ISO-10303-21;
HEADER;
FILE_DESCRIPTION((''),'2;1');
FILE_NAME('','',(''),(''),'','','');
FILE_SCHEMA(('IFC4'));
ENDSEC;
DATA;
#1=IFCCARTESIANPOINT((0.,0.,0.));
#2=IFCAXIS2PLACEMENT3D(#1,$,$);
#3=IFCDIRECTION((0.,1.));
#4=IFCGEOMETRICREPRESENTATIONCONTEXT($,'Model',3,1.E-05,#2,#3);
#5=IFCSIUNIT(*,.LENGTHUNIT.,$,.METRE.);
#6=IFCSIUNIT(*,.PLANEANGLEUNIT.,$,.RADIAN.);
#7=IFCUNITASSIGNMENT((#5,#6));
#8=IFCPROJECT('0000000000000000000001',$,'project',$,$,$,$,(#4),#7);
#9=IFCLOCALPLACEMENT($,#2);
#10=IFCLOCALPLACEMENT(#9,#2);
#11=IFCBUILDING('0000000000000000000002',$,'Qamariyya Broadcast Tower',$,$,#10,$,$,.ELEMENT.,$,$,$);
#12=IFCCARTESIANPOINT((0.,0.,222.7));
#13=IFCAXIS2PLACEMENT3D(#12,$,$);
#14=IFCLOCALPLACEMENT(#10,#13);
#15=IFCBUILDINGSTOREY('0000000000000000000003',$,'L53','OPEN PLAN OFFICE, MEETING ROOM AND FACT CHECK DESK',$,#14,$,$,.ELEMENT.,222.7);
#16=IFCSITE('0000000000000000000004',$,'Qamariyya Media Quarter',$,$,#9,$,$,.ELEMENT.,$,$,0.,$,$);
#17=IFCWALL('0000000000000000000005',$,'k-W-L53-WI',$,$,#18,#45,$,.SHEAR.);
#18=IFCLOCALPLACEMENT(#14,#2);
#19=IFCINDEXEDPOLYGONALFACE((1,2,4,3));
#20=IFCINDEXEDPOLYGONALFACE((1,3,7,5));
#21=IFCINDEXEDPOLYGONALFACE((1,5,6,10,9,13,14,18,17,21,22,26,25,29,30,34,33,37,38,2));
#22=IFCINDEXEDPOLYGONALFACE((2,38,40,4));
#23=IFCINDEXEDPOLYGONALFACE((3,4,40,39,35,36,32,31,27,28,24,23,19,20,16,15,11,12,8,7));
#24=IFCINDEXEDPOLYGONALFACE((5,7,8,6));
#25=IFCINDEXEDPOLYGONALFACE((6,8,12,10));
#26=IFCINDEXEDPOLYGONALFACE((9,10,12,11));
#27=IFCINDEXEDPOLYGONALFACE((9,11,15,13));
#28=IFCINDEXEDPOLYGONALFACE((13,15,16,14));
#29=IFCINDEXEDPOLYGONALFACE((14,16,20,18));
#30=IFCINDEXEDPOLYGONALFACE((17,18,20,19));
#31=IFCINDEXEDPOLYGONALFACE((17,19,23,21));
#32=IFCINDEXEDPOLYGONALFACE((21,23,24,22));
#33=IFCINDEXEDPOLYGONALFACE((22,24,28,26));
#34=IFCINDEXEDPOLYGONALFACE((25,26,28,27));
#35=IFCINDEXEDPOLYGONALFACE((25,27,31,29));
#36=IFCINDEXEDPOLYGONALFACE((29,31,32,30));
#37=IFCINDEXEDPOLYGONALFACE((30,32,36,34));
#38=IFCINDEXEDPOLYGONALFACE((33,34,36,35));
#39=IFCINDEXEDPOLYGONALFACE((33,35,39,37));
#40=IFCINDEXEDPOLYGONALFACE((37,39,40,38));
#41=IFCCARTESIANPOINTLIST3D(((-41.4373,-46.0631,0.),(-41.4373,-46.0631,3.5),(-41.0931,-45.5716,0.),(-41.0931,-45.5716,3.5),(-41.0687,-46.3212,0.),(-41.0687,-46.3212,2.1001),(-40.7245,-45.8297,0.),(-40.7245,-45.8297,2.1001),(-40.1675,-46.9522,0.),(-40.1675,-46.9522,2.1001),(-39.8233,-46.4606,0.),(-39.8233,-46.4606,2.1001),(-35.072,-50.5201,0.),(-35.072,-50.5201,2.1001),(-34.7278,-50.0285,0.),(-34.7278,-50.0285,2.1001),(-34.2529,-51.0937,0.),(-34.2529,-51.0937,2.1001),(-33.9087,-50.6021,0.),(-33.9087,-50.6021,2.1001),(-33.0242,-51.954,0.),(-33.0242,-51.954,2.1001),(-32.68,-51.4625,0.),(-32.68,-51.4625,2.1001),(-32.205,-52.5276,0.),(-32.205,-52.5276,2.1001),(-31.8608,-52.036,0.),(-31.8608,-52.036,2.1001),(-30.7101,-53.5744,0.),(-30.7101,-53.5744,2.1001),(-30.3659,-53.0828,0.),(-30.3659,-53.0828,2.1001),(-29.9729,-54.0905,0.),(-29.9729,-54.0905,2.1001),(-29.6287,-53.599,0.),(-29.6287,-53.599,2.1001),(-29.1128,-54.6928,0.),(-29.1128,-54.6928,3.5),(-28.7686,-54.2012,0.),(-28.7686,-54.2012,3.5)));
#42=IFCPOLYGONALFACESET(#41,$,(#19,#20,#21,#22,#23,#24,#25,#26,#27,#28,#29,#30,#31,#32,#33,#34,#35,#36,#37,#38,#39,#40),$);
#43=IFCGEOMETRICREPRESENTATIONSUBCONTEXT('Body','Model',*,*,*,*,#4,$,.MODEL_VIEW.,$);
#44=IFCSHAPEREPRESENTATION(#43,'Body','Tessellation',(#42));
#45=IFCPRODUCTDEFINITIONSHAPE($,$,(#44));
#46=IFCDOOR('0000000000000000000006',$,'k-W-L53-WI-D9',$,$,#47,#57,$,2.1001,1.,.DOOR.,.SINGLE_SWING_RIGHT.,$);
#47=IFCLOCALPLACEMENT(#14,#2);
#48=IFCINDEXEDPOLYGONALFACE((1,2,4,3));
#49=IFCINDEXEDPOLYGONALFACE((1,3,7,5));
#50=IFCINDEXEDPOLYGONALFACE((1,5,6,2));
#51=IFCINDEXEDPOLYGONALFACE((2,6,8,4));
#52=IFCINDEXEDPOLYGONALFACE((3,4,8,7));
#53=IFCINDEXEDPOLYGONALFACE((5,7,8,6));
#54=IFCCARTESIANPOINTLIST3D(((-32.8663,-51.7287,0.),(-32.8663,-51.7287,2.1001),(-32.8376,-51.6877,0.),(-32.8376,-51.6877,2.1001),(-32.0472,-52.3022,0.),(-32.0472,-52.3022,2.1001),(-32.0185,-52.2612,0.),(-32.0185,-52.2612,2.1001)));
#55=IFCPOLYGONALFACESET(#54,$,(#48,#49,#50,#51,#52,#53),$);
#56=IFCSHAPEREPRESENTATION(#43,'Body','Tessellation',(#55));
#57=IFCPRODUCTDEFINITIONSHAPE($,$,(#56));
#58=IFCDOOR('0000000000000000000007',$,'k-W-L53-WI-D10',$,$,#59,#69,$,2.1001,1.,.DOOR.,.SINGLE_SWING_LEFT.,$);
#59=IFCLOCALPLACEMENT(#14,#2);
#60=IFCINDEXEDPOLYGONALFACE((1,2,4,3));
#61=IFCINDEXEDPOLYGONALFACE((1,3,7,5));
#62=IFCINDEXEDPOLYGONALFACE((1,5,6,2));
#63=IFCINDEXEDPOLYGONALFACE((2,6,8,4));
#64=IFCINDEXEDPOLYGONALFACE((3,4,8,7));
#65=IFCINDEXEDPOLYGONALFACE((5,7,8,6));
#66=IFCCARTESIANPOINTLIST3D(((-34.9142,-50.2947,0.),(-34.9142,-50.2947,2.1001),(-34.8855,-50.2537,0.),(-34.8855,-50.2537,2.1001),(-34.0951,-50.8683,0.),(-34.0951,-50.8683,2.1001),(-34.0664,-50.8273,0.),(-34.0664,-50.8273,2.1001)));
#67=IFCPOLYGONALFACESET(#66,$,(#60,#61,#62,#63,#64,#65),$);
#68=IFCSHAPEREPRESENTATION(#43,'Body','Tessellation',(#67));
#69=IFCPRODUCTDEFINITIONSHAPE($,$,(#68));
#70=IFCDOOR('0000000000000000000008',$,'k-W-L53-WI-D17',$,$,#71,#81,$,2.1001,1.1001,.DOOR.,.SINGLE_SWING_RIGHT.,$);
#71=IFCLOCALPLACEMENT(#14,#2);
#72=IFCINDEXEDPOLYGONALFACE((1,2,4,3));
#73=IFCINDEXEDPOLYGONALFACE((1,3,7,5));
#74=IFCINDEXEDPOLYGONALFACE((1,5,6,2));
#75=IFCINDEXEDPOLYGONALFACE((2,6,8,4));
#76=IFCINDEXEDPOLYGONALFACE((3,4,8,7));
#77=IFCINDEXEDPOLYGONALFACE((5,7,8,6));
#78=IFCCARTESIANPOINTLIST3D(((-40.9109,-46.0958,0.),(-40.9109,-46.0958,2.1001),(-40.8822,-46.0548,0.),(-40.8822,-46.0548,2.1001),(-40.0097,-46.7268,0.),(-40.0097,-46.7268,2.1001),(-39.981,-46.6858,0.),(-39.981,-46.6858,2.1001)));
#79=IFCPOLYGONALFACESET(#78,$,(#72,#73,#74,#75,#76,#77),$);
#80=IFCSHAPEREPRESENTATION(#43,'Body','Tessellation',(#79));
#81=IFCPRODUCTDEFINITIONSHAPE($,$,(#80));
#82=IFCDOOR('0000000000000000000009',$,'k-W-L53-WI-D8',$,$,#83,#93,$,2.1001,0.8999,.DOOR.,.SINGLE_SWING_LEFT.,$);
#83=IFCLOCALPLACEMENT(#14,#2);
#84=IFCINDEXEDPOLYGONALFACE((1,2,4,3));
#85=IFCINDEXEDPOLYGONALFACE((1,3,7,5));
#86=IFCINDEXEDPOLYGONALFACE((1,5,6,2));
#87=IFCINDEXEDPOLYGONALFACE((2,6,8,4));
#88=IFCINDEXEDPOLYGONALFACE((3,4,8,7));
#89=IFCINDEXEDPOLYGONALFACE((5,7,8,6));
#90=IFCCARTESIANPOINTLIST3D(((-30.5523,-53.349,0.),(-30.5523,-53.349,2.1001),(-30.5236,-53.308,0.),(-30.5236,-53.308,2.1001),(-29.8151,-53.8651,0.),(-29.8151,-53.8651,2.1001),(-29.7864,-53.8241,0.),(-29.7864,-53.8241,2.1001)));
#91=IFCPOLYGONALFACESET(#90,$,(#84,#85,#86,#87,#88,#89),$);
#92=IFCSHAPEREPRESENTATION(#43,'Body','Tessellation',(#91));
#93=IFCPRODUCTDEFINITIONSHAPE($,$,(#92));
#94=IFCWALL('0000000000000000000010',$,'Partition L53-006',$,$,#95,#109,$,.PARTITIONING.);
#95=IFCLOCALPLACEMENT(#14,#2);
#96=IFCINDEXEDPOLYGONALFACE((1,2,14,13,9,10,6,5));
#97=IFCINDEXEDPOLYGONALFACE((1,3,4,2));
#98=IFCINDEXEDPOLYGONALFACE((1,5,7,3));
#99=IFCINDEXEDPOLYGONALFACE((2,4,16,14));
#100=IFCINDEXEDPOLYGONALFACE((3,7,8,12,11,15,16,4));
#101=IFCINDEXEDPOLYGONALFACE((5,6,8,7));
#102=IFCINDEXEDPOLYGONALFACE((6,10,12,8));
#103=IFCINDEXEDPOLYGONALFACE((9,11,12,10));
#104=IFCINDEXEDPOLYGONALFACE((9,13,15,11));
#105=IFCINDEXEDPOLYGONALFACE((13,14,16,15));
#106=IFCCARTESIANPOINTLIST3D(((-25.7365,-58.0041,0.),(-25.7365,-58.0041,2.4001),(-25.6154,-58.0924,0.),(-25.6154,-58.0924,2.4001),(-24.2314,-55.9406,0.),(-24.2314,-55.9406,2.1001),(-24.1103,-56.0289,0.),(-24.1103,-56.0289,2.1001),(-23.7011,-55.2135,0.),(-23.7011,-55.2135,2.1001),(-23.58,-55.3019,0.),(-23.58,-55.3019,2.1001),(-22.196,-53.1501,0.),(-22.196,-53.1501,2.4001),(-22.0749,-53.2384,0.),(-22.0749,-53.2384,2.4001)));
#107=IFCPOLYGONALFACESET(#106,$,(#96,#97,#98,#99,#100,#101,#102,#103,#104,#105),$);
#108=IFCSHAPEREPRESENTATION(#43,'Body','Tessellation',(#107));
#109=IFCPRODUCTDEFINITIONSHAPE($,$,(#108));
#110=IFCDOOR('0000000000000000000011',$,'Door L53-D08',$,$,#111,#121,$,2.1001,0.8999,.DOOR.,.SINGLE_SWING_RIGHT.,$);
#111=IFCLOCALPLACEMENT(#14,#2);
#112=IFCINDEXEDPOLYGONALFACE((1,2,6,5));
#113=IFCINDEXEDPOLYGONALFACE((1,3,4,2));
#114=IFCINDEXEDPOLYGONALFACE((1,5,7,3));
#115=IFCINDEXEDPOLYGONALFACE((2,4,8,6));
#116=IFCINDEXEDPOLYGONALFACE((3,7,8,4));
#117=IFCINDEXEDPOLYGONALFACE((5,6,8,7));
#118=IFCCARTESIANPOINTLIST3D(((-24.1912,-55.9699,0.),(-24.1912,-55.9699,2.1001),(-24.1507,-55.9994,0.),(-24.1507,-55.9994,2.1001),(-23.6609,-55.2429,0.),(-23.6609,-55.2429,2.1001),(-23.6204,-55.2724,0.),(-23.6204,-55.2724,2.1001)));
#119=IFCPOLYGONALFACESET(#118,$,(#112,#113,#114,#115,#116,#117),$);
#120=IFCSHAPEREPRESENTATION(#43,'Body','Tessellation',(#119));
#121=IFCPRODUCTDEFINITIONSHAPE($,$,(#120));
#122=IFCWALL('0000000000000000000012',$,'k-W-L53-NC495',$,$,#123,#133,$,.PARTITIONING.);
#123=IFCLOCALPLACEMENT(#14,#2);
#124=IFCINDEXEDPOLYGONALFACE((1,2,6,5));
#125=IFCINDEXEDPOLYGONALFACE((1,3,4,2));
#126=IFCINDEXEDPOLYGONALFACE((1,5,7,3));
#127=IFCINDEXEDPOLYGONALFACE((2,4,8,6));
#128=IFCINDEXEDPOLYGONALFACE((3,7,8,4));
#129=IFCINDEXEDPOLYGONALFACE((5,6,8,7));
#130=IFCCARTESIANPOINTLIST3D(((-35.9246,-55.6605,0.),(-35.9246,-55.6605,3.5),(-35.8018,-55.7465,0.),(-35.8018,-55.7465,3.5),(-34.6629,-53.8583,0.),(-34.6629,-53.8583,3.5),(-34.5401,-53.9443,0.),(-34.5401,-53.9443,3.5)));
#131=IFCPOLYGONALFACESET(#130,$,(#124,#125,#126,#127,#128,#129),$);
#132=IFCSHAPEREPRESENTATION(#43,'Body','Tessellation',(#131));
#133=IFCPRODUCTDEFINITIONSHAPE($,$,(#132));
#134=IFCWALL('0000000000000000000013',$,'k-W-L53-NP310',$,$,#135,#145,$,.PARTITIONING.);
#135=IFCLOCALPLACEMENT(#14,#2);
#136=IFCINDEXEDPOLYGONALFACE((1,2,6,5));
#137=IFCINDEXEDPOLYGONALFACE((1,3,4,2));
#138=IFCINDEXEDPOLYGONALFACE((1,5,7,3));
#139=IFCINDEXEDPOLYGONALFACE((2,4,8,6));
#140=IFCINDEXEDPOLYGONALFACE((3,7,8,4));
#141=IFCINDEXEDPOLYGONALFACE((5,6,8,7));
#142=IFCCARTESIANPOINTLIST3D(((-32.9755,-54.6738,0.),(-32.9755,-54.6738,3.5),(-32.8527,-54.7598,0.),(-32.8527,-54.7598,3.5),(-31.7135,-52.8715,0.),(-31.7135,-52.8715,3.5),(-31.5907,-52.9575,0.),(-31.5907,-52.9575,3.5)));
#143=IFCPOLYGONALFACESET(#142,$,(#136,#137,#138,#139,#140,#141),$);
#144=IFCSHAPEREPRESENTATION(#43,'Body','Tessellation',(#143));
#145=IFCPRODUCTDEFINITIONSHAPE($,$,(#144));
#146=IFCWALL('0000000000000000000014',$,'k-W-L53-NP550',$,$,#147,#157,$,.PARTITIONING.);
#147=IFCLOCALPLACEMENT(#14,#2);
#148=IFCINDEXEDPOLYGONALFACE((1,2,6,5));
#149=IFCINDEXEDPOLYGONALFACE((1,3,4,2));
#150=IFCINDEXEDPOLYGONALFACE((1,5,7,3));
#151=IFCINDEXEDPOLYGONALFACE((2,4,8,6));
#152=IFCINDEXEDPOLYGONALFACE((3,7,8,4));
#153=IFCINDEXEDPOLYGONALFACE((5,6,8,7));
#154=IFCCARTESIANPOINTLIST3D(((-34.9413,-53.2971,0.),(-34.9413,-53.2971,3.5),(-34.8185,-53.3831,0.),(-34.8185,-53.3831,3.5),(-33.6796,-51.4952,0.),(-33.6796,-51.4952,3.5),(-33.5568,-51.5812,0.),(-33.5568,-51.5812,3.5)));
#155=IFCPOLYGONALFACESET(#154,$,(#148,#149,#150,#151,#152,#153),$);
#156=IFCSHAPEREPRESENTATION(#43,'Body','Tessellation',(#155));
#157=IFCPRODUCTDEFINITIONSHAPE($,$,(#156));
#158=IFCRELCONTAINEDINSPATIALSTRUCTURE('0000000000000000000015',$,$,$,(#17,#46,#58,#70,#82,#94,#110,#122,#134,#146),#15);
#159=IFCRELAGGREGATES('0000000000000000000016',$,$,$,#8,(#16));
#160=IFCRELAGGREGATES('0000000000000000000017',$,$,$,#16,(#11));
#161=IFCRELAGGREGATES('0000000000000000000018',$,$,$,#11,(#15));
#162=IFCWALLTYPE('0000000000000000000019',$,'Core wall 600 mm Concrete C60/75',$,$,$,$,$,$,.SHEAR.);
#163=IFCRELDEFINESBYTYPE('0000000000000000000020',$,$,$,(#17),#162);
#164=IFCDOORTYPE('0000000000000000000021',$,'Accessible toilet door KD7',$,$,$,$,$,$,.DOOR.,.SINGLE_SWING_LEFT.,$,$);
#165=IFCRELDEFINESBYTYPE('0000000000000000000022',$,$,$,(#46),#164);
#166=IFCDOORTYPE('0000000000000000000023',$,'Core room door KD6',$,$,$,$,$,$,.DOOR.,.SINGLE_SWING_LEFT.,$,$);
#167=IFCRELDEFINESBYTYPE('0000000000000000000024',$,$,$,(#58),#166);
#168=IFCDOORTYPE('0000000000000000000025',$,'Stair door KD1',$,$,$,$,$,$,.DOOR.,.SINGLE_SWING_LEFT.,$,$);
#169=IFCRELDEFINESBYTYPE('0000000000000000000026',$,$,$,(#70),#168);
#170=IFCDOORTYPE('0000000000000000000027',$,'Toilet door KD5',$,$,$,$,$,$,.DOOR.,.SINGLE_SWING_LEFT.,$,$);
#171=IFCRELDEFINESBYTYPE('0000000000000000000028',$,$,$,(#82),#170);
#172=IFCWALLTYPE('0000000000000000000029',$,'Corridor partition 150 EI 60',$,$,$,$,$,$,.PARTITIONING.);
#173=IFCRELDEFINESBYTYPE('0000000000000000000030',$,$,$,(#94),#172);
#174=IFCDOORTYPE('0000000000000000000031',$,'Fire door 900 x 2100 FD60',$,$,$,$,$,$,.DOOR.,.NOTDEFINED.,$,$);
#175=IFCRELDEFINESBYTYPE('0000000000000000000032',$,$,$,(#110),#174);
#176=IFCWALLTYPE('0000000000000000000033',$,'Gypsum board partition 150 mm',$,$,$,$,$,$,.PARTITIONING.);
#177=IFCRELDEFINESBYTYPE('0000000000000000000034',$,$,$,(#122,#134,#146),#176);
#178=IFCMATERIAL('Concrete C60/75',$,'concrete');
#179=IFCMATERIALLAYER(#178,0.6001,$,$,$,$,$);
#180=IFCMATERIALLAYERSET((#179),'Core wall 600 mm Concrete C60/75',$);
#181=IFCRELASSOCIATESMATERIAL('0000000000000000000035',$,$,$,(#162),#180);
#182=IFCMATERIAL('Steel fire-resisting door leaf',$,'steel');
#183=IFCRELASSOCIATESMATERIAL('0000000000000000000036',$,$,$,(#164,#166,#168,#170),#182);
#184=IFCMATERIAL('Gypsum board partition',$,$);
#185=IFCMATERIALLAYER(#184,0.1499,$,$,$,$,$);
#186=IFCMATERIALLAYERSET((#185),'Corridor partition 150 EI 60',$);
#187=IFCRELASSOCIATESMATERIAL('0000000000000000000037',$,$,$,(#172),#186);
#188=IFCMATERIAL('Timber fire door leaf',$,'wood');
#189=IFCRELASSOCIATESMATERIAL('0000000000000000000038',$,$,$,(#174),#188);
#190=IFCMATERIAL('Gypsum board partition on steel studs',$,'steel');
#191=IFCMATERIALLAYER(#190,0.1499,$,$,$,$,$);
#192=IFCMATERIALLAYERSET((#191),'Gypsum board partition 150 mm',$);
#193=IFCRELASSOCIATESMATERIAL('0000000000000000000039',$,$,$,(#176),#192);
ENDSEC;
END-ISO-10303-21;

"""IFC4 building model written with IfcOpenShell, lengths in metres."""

from ifc_helpers import new_model, si_unit, direction, frame, frame_2d, origin, place, context, subcontext, project, spatial, rectangle, extrude, material, layer, layer_set, type_object, element, fill, save


model = new_model("IFC4")

# Units and contexts
model_context = context("Model", 3, precision=1e-05, world=origin(), true_north=direction((0.0, 1.0)))
body_context = subcontext(model_context, "Body", "Model", "MODEL_VIEW")
ifc_project = project(units=[si_unit("LENGTHUNIT", "METRE"), si_unit("PLANEANGLEUNIT", "RADIAN")], contexts=[model_context])

# Site, building, storey
site_placement = place(None, origin())
site = spatial("IfcSite", under=ifc_project, at=site_placement, Name="Qamariyya Media Quarter", CompositionType="ELEMENT", RefElevation=0.0)
building_placement = place(site_placement, origin())
building = spatial("IfcBuilding", under=site, at=building_placement, Name="Qamariyya Broadcast Tower", CompositionType="ELEMENT")
storey_placement = place(building_placement, frame((0.0, 0.0, 222.7)))
storey = spatial("IfcBuildingStorey", under=building, at=storey_placement, Name="L53", Description="OPEN PLAN OFFICE, MEETING ROOM AND FACT CHECK DESK", CompositionType="ELEMENT", Elevation=222.7)

# Shared definitions
ifc_material_1 = material(Name="Concrete C60/75", Category="concrete")

# Wall, openings, doors
ifc_layer_1 = layer(ifc_material_1, 0.6001)
ifc_layer_set_1 = layer_set([ifc_layer_1], Name="Core wall 600 mm Concrete C60/75")
wall_type_1 = type_object("IfcWallType", Name="Core wall 600 mm Concrete C60/75", PredefinedType="SHEAR", material=ifc_layer_set_1)
wall_1_placement = place(storey_placement, frame((-28.9407, -54.447, 0.0), z_axis=(0.0, 0.0, 1.0), x_axis=(-0.819153, 0.573575, 0.0)))
wall_1 = element("IfcWall", 1, at=wall_1_placement, inside=storey, type_object=wall_type_1, Name="k-W-L53-WI", PredefinedType="SHEAR", context=body_context, shape_type="SweptSolid", body=[
    extrude(rectangle(XDim=15.0454, YDim=0.6001, at=frame_2d((7.5227, 0.0))), origin(), (0.0, 0.0, 1.0), 3.5),
])
opening_1_placement = place(wall_1_placement, frame((1.05, 0.0, 0.0)))
opening_1 = element("IfcOpeningElement", 2, at=opening_1_placement, cuts=wall_1, PredefinedType="OPENING", context=body_context, shape_type="SweptSolid", body=[
    extrude(rectangle(XDim=0.8999, YDim=2.1001, at=frame_2d((0.45, 1.05))), frame((0.0, 0.3101, 0.0), z_axis=(0.0, -1.0, 0.0), x_axis=(1.0, 0.0, 0.0)), (0.0, 0.0, 1.0), 0.6201),
])
opening_2_placement = place(wall_1_placement, frame((3.7749, 0.0, 0.0)))
opening_2 = element("IfcOpeningElement", 3, at=opening_2_placement, cuts=wall_1, PredefinedType="OPENING", context=body_context, shape_type="SweptSolid", body=[
    extrude(rectangle(XDim=1.0, YDim=2.1001, at=frame_2d((0.5, 1.05))), frame((0.0, 0.3101, 0.0), z_axis=(0.0, -1.0, 0.0), x_axis=(1.0, 0.0, 0.0)), (0.0, 0.0, 1.0), 0.6201),
])
opening_3_placement = place(wall_1_placement, frame((6.2749, 0.0, 0.0)))
opening_3 = element("IfcOpeningElement", 4, at=opening_3_placement, cuts=wall_1, PredefinedType="OPENING", context=body_context, shape_type="SweptSolid", body=[
    extrude(rectangle(XDim=1.0, YDim=2.1001, at=frame_2d((0.5, 1.05))), frame((0.0, 0.3101, 0.0), z_axis=(0.0, -1.0, 0.0), x_axis=(1.0, 0.0, 0.0)), (0.0, 0.0, 1.0), 0.6201),
])
opening_4_placement = place(wall_1_placement, frame((13.4954, 0.0, 0.0)))
opening_4 = element("IfcOpeningElement", 5, at=opening_4_placement, cuts=wall_1, PredefinedType="OPENING", context=body_context, shape_type="SweptSolid", body=[
    extrude(rectangle(XDim=1.1001, YDim=2.1001, at=frame_2d((0.55, 1.05))), frame((0.0, 0.3101, 0.0), z_axis=(0.0, -1.0, 0.0), x_axis=(1.0, 0.0, 0.0)), (0.0, 0.0, 1.0), 0.6201),
])
ifc_material_2 = material(Name="Steel fire-resisting door leaf", Category="steel")
door_type_1 = type_object("IfcDoorType", Name="Accessible toilet door KD7", OperationType="SINGLE_SWING_LEFT", PredefinedType="DOOR", material=ifc_material_2)
door_1_placement = place(opening_2_placement, origin())
door_1 = element("IfcDoor", 6, at=door_1_placement, inside=storey, type_object=door_type_1, Name="k-W-L53-WI-D9", OperationType="SINGLE_SWING_RIGHT", OverallHeight=2.1001, OverallWidth=1.0, PredefinedType="DOOR", context=body_context, shape_type="SweptSolid", body=[
    extrude(rectangle(XDim=1.0, YDim=2.1001, at=frame_2d((0.5, 1.05))), frame((0.0, 0.0249, 0.0), z_axis=(0.0, -1.0, 0.0), x_axis=(1.0, 0.0, 0.0)), (0.0, 0.0, 1.0), 0.05),
])
fill(opening_2, door_1)
door_type_2 = type_object("IfcDoorType", Name="Core room door KD6", OperationType="SINGLE_SWING_LEFT", PredefinedType="DOOR", material=ifc_material_2)
door_2_placement = place(opening_3_placement, origin())
door_2 = element("IfcDoor", 7, at=door_2_placement, inside=storey, type_object=door_type_2, Name="k-W-L53-WI-D10", OperationType="SINGLE_SWING_LEFT", OverallHeight=2.1001, OverallWidth=1.0, PredefinedType="DOOR", context=body_context, shape_type="SweptSolid", body=[
    extrude(rectangle(XDim=1.0, YDim=2.1001, at=frame_2d((0.5, 1.05))), frame((0.0, 0.0249, 0.0), z_axis=(0.0, -1.0, 0.0), x_axis=(1.0, 0.0, 0.0)), (0.0, 0.0, 1.0), 0.05),
])
fill(opening_3, door_2)
door_type_3 = type_object("IfcDoorType", Name="Stair door KD1", OperationType="SINGLE_SWING_LEFT", PredefinedType="DOOR", material=ifc_material_2)
door_3_placement = place(opening_4_placement, origin())
door_3 = element("IfcDoor", 8, at=door_3_placement, inside=storey, type_object=door_type_3, Name="k-W-L53-WI-D17", OperationType="SINGLE_SWING_RIGHT", OverallHeight=2.1001, OverallWidth=1.1001, PredefinedType="DOOR", context=body_context, shape_type="SweptSolid", body=[
    extrude(rectangle(XDim=1.1001, YDim=2.1001, at=frame_2d((0.55, 1.05))), frame((0.0, 0.0249, 0.0), z_axis=(0.0, -1.0, 0.0), x_axis=(1.0, 0.0, 0.0)), (0.0, 0.0, 1.0), 0.05),
])
fill(opening_4, door_3)
door_type_4 = type_object("IfcDoorType", Name="Toilet door KD5", OperationType="SINGLE_SWING_LEFT", PredefinedType="DOOR", material=ifc_material_2)
door_4_placement = place(opening_1_placement, origin())
door_4 = element("IfcDoor", 9, at=door_4_placement, inside=storey, type_object=door_type_4, Name="k-W-L53-WI-D8", OperationType="SINGLE_SWING_LEFT", OverallHeight=2.1001, OverallWidth=0.8999, PredefinedType="DOOR", context=body_context, shape_type="SweptSolid", body=[
    extrude(rectangle(XDim=0.8999, YDim=2.1001, at=frame_2d((0.45, 1.05))), frame((0.0, 0.0249, 0.0), z_axis=(0.0, -1.0, 0.0), x_axis=(1.0, 0.0, 0.0)), (0.0, 0.0, 1.0), 0.05),
])
fill(opening_1, door_4)

# Wall, opening, door
ifc_material_3 = material(Name="Gypsum board partition")
ifc_layer_2 = layer(ifc_material_3, 0.1499)
ifc_layer_set_2 = layer_set([ifc_layer_2], Name="Corridor partition 150 EI 60")
wall_type_2 = type_object("IfcWallType", Name="Corridor partition 150 EI 60", PredefinedType="PARTITIONING", material=ifc_layer_set_2)
wall_2_placement = place(storey_placement, frame((-22.1355, -53.1943, 0.0), z_axis=(0.0, 0.0, 1.0), x_axis=(-0.589297, -0.807916, 0.0)))
wall_2 = element("IfcWall", 10, at=wall_2_placement, inside=storey, type_object=wall_type_2, Name="Partition L53-006", PredefinedType="PARTITIONING", context=body_context, shape_type="SweptSolid", body=[
    extrude(rectangle(XDim=6.0081, YDim=0.1499, at=frame_2d((3.0039, 0.0))), origin(), (0.0, 0.0, 1.0), 2.4001),
])
opening_5_placement = place(wall_2_placement, frame((2.554, 0.0, 0.0)))
opening_5 = element("IfcOpeningElement", 11, at=opening_5_placement, cuts=wall_2, PredefinedType="OPENING", context=body_context, shape_type="SweptSolid", body=[
    extrude(rectangle(XDim=0.8999, YDim=2.1001, at=frame_2d((0.45, 1.05))), frame((0.0, 0.085, 0.0), z_axis=(0.0, -1.0, 0.0), x_axis=(1.0, 0.0, 0.0)), (0.0, 0.0, 1.0), 0.1699),
])
ifc_material_4 = material(Name="Timber fire door leaf", Category="wood")
door_type_5 = type_object("IfcDoorType", Name="Fire door 900 x 2100 FD60", OperationType="NOTDEFINED", PredefinedType="DOOR", material=ifc_material_4)
door_5_placement = place(opening_5_placement, origin())
door_5 = element("IfcDoor", 12, at=door_5_placement, inside=storey, type_object=door_type_5, Name="Door L53-D08", OperationType="SINGLE_SWING_RIGHT", OverallHeight=2.1001, OverallWidth=0.8999, PredefinedType="DOOR", context=body_context, shape_type="SweptSolid", body=[
    extrude(rectangle(XDim=0.8999, YDim=2.1001, at=frame_2d((0.45, 1.05))), frame((0.0, 0.0249, 0.0), z_axis=(0.0, -1.0, 0.0), x_axis=(1.0, 0.0, 0.0)), (0.0, 0.0, 1.0), 0.05),
])
fill(opening_5, door_5)

# Walls
ifc_material_5 = material(Name="Gypsum board partition on steel studs", Category="steel")
ifc_layer_3 = layer(ifc_material_5, 0.1499)
ifc_layer_set_3 = layer_set([ifc_layer_3], Name="Gypsum board partition 150 mm")
wall_type_3 = type_object("IfcWallType", Name="Gypsum board partition 150 mm", PredefinedType="PARTITIONING", material=ifc_layer_set_3)
wall_3_placement = place(storey_placement, frame((-35.8633, -55.7036, 0.0), z_axis=(0.0, 0.0, 1.0), x_axis=(0.573507, 0.819201, 0.0)))
element("IfcWall", 13, at=wall_3_placement, inside=storey, type_object=wall_type_3, Name="k-W-L53-NC495", PredefinedType="PARTITIONING", context=body_context, shape_type="SweptSolid", body=[
    extrude(rectangle(XDim=2.2, YDim=0.1499, at=frame_2d((1.1001, 0.0))), origin(), (0.0, 0.0, 1.0), 3.5),
])
wall_4_placement = place(storey_placement, frame((-32.9141, -54.7168, 0.0), z_axis=(0.0, 0.0, 1.0), x_axis=(0.573581, 0.819149, 0.0)))
element("IfcWall", 14, at=wall_4_placement, inside=storey, type_object=wall_type_3, Name="k-W-L53-NP310", PredefinedType="PARTITIONING", context=body_context, shape_type="SweptSolid", body=[
    extrude(rectangle(XDim=2.2002, YDim=0.1499, at=frame_2d((1.1001, 0.0))), origin(), (0.0, 0.0, 1.0), 3.5),
])
wall_5_placement = place(storey_placement, frame((-34.8799, -53.3401, 0.0), z_axis=(0.0, 0.0, 1.0), x_axis=(0.573559, 0.819164, 0.0)))
element("IfcWall", 15, at=wall_5_placement, inside=storey, type_object=wall_type_3, Name="k-W-L53-NP550", PredefinedType="PARTITIONING", context=body_context, shape_type="SweptSolid", body=[
    extrude(rectangle(XDim=2.1997, YDim=0.1499, at=frame_2d((1.0999, 0.0))), origin(), (0.0, 0.0, 1.0), 3.5),
])

save(model, "model.ifc")
